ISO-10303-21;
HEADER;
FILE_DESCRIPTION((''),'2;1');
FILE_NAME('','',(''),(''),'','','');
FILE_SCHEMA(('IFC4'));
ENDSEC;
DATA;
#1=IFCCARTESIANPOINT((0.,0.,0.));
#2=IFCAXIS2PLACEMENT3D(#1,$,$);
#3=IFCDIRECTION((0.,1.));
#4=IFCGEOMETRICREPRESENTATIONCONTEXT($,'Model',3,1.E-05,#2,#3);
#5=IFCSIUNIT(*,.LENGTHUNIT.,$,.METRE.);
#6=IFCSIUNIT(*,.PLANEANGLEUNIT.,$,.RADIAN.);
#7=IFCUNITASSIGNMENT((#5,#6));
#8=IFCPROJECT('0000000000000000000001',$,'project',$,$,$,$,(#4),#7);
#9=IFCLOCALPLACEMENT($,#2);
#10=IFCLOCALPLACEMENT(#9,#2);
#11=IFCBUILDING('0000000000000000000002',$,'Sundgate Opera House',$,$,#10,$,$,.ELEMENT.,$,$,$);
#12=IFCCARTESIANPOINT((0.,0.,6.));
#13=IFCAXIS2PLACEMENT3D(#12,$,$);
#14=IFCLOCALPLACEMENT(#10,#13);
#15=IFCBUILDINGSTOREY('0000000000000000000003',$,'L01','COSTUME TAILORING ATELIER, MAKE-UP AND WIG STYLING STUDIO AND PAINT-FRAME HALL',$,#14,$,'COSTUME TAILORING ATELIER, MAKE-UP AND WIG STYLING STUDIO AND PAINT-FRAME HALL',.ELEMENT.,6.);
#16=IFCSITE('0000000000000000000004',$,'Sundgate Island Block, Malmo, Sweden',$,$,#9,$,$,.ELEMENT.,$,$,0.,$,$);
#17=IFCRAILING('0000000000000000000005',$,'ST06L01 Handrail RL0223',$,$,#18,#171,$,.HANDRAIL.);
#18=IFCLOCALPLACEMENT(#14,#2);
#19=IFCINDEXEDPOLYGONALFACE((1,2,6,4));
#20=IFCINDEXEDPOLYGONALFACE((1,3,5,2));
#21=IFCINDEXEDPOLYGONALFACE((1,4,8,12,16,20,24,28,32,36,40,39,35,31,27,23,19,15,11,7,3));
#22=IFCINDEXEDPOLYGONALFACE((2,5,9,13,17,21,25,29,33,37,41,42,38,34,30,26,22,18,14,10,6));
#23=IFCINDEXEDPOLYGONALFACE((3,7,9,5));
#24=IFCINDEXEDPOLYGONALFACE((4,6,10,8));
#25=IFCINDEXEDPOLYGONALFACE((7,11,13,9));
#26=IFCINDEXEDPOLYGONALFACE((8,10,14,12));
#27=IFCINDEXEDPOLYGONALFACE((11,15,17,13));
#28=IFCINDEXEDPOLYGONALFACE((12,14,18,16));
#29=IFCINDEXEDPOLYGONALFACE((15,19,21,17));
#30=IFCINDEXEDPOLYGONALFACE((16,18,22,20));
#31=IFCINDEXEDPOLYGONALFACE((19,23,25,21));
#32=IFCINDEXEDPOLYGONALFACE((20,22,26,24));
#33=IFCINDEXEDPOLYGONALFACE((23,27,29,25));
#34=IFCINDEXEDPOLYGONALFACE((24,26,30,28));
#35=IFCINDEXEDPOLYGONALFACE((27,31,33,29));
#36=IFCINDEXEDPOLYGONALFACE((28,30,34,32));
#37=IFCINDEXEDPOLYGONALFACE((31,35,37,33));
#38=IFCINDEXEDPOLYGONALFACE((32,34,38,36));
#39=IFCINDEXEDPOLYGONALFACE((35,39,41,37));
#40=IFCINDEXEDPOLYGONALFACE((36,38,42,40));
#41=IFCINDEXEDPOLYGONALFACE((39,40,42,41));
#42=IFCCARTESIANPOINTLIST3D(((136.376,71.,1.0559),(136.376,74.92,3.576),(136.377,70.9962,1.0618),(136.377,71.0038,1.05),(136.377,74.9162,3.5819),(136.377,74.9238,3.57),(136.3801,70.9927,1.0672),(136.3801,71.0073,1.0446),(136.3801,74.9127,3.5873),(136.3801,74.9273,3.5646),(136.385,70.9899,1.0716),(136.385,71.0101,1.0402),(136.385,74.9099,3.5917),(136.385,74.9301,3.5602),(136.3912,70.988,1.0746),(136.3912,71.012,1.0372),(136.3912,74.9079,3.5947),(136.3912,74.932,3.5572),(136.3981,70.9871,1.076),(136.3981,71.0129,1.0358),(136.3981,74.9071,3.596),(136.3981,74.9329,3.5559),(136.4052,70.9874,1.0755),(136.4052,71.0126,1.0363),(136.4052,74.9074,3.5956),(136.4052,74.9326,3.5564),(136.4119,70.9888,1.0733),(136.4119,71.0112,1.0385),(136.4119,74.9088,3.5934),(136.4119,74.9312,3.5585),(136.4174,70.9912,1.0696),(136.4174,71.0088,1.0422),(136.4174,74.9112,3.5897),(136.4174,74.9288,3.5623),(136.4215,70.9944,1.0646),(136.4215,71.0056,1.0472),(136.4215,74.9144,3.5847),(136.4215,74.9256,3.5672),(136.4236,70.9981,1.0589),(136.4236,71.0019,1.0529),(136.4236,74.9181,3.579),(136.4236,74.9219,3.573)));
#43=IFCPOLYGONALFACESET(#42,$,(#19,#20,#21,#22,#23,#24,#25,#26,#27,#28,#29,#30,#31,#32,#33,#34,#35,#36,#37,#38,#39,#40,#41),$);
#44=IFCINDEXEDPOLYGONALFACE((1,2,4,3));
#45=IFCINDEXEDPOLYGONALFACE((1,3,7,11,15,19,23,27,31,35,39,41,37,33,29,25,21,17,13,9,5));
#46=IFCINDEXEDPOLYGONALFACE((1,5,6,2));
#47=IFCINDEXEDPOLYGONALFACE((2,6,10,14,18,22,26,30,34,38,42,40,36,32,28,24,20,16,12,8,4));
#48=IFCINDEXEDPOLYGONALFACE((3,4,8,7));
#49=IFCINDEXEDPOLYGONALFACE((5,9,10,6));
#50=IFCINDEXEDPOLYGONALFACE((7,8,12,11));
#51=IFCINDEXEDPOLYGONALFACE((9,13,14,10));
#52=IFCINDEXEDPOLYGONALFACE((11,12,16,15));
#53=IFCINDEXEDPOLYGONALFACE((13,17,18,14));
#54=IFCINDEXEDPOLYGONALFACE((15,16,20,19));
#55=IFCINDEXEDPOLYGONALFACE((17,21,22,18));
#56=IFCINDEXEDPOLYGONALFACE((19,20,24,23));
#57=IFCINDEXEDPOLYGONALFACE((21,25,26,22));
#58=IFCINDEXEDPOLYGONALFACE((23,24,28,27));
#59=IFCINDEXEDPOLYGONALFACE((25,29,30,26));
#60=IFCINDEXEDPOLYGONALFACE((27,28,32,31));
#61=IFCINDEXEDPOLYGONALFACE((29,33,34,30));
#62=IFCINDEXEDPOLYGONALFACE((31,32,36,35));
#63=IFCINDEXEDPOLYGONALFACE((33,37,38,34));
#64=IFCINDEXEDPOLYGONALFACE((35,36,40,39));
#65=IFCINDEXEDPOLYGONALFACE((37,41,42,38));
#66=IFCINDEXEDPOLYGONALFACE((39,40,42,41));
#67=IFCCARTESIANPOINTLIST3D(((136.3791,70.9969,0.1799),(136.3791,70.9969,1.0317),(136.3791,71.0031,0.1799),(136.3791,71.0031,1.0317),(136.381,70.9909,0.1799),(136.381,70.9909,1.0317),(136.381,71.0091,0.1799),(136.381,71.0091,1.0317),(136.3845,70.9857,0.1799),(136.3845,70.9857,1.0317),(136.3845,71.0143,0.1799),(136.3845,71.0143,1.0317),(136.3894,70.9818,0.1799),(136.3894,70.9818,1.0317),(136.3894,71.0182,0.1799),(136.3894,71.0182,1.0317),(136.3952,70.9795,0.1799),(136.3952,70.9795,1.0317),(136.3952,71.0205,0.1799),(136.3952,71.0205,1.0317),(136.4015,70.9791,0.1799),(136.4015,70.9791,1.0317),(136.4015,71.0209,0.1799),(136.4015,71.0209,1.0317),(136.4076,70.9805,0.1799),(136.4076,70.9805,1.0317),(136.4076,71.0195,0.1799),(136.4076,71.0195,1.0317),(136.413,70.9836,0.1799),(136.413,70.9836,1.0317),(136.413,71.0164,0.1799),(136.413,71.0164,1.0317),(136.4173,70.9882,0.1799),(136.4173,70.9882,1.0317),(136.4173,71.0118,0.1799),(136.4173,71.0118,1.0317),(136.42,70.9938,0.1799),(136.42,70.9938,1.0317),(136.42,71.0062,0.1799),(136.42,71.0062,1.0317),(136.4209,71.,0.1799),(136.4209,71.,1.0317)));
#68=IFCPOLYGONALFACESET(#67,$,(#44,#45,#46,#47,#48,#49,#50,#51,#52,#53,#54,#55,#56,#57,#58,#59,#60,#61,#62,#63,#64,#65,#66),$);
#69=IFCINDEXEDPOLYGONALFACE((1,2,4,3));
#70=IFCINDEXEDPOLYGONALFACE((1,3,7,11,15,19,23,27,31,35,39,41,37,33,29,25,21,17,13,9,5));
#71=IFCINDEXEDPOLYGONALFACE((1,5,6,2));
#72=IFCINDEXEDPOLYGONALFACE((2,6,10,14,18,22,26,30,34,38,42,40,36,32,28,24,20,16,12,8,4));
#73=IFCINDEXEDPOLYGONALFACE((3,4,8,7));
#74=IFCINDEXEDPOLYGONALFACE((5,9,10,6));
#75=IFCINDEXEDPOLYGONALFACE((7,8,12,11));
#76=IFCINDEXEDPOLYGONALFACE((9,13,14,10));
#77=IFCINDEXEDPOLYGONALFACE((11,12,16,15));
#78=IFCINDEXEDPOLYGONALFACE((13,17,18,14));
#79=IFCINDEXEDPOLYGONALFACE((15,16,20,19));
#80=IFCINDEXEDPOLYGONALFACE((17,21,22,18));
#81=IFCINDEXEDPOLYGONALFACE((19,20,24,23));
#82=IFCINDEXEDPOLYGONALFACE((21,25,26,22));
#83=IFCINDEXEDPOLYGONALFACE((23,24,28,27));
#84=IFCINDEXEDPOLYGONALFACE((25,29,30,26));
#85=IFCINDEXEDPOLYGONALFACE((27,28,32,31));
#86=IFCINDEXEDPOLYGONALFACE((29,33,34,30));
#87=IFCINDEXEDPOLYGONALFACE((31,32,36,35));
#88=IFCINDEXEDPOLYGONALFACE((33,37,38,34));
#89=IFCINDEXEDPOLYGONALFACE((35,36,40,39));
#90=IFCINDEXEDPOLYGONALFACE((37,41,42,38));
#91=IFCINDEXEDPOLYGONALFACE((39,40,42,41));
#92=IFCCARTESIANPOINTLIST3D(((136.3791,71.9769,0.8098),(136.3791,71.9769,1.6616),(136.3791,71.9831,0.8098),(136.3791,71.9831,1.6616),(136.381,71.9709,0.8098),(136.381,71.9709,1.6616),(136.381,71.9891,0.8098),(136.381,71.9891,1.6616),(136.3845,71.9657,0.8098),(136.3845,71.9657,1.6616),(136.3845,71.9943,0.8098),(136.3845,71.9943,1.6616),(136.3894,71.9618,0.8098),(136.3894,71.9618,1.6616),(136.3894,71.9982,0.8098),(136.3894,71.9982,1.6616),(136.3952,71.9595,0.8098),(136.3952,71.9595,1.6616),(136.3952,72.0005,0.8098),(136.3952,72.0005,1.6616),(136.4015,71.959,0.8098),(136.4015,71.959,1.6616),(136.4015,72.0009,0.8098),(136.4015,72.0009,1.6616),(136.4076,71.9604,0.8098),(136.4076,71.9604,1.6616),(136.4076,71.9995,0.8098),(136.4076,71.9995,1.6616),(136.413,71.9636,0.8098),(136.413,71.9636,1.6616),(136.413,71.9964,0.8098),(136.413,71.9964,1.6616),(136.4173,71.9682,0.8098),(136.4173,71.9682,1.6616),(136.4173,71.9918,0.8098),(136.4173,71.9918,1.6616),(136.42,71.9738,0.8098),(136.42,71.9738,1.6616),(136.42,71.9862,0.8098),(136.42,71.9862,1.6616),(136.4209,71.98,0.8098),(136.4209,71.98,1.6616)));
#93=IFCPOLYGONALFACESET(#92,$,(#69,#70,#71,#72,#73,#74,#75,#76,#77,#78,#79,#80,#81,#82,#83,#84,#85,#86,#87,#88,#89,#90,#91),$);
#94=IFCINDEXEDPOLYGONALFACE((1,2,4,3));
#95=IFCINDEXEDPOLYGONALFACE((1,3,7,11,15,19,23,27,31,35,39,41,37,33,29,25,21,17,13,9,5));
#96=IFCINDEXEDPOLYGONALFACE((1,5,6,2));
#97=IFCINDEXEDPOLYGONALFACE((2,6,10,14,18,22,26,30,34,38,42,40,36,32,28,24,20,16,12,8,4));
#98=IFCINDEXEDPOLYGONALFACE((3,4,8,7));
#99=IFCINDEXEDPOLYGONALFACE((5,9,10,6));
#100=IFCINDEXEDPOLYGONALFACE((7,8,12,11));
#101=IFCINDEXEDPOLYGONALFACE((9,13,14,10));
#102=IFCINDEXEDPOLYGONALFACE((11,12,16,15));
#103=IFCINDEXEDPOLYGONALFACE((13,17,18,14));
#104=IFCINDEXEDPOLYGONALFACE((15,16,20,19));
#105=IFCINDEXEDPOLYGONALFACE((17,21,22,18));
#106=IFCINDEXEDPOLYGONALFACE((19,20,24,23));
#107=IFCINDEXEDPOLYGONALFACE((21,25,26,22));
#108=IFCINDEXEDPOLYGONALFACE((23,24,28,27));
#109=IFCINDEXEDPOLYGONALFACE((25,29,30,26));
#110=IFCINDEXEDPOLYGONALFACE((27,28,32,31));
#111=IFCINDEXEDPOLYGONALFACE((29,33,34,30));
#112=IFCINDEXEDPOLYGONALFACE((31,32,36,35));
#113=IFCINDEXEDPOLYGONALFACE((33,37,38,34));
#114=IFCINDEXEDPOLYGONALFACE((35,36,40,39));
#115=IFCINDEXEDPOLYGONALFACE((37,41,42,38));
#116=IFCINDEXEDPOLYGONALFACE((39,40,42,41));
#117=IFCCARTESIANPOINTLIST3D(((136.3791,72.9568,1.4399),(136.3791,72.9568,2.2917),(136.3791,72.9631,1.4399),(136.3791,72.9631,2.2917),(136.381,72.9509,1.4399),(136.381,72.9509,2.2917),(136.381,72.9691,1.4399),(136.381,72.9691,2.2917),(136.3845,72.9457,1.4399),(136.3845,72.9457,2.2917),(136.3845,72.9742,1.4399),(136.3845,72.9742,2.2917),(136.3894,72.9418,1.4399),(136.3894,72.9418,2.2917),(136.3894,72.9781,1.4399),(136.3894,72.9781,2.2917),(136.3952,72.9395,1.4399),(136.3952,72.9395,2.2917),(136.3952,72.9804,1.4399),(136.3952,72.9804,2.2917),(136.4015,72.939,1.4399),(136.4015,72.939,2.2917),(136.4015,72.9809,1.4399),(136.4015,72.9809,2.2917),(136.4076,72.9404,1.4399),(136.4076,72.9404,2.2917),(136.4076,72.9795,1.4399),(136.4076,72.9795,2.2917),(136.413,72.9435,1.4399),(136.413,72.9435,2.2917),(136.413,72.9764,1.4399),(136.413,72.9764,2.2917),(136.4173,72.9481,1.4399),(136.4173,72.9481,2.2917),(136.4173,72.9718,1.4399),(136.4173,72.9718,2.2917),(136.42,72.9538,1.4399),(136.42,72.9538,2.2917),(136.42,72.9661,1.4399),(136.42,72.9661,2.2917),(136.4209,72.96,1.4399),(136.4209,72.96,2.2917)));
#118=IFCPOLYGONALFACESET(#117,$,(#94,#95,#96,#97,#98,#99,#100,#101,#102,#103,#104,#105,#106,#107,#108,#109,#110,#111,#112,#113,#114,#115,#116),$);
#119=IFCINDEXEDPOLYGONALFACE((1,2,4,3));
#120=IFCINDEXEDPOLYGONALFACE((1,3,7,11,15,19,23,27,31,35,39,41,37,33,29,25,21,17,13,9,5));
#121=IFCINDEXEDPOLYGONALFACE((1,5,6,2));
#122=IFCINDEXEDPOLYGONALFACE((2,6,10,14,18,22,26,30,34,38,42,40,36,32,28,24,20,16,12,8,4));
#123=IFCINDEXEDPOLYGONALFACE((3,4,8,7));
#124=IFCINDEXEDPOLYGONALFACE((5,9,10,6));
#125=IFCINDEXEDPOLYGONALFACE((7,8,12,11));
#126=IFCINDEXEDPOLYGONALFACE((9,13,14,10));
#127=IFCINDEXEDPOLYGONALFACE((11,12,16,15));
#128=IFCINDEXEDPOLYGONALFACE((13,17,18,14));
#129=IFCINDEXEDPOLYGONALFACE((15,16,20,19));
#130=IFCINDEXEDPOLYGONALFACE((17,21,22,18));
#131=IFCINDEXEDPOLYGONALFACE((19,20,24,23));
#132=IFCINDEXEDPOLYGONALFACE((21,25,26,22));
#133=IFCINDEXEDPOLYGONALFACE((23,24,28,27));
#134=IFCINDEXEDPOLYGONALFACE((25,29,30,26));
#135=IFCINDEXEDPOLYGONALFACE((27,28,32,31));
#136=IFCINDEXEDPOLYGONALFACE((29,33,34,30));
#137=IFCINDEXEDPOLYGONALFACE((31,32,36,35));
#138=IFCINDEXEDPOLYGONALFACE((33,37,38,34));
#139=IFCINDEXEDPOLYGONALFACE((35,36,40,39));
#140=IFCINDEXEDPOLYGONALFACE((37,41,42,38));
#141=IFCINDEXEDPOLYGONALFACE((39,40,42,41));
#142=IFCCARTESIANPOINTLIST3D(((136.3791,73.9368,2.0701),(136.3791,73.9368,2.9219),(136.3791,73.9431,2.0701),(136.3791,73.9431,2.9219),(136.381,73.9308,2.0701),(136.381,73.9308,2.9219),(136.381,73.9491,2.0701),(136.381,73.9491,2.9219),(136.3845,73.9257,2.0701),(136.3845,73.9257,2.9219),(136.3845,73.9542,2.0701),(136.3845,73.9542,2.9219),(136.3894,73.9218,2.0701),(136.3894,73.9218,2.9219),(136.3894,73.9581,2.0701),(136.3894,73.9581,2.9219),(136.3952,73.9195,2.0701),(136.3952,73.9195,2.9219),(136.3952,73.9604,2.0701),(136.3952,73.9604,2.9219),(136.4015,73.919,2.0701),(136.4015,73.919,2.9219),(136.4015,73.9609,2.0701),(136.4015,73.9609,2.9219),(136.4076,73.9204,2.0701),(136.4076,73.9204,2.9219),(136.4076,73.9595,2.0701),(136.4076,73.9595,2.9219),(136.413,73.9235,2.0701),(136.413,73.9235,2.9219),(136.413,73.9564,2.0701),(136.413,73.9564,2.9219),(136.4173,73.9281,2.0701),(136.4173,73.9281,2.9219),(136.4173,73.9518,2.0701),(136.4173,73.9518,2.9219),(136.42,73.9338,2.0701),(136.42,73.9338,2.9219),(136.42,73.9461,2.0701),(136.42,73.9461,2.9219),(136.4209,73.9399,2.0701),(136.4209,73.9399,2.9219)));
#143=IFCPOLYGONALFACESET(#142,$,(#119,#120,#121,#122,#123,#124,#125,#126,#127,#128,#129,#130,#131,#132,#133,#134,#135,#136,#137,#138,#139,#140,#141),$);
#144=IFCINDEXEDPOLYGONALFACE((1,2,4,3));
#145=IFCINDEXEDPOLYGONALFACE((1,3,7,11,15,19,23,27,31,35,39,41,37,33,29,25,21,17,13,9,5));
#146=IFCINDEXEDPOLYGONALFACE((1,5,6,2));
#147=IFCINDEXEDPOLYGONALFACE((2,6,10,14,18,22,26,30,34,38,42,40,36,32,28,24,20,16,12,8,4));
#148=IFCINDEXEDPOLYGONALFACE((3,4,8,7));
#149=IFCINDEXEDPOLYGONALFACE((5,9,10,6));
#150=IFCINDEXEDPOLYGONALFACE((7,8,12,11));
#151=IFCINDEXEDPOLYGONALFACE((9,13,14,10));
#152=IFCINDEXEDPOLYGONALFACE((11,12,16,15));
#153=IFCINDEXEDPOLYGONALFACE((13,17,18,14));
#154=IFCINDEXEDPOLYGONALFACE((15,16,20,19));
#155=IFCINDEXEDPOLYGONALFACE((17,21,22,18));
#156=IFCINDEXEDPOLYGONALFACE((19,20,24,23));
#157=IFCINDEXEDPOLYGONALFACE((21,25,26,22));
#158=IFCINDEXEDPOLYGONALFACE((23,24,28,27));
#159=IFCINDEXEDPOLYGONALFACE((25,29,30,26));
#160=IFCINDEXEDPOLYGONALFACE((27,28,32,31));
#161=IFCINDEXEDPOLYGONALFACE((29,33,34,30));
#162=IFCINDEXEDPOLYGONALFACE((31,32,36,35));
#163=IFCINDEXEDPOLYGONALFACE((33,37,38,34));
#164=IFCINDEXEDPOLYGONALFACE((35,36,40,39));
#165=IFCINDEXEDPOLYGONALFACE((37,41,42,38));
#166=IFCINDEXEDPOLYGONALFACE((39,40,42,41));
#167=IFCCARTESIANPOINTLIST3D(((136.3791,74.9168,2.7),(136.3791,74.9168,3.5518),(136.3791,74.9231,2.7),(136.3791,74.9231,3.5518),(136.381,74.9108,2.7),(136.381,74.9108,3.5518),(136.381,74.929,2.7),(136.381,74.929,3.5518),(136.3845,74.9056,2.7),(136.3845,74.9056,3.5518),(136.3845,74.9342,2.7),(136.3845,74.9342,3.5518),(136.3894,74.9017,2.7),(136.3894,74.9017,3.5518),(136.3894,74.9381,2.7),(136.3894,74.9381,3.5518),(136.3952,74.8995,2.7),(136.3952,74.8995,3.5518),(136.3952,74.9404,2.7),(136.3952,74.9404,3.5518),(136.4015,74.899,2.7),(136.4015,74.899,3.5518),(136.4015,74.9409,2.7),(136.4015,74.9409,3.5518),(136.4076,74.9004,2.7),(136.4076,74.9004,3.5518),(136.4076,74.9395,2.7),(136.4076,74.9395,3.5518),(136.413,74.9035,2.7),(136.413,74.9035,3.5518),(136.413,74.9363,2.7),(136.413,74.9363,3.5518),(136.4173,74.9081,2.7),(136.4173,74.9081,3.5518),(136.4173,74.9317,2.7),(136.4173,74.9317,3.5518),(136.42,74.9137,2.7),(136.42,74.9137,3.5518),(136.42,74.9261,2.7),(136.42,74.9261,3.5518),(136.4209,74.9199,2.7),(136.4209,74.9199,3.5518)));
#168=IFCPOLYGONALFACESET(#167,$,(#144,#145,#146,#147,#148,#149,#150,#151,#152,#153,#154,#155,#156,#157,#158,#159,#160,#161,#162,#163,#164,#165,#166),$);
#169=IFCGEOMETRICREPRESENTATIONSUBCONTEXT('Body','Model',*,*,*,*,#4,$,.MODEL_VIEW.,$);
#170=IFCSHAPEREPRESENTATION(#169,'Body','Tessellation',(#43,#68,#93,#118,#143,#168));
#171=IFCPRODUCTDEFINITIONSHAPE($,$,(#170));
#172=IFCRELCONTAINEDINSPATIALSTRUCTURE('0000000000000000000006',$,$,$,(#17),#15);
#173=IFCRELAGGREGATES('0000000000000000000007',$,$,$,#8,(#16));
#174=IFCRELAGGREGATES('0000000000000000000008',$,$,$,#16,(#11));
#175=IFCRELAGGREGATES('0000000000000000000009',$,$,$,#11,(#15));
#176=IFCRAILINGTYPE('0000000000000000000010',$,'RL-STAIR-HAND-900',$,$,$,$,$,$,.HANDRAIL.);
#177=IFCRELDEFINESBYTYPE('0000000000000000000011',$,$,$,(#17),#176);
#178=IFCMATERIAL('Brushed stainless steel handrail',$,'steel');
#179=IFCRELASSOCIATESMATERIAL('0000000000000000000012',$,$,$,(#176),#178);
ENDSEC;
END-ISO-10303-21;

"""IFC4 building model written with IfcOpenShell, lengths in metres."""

from ifc_helpers import new_model, si_unit, direction, frame, origin, origin_2d, place, context, subcontext, project, spatial, circle, extrude, material, type_object, element, save


model = new_model("IFC4")

# Units and contexts
model_context = context("Model", 3, precision=1e-05, world=origin(), true_north=direction((0.0, 1.0)))
body_context = subcontext(model_context, "Body", "Model", "MODEL_VIEW")
ifc_project = project(units=[si_unit("LENGTHUNIT", "METRE"), si_unit("PLANEANGLEUNIT", "RADIAN")], contexts=[model_context])

# Site, building, storey
site_placement = place(None, origin())
site = spatial("IfcSite", under=ifc_project, at=site_placement, Name="Sundgate Island Block, Malmo, Sweden", CompositionType="ELEMENT", RefElevation=0.0)
building_placement = place(site_placement, origin())
building = spatial("IfcBuilding", under=site, at=building_placement, Name="Sundgate Opera House", CompositionType="ELEMENT")
storey_placement = place(building_placement, frame((0.0, 0.0, 6.0)))
storey = spatial("IfcBuildingStorey", under=building, at=storey_placement, Name="L01", Description="COSTUME TAILORING ATELIER, MAKE-UP AND WIG STYLING STUDIO AND PAINT-FRAME HALL", LongName="COSTUME TAILORING ATELIER, MAKE-UP AND WIG STYLING STUDIO AND PAINT-FRAME HALL", CompositionType="ELEMENT", Elevation=6.0)

# Railing
ifc_material_1 = material(Name="Brushed stainless steel handrail", Category="steel")
railing_type = type_object("IfcRailingType", Name="RL-STAIR-HAND-900", PredefinedType="HANDRAIL", material=ifc_material_1)
railing_placement = place(storey_placement, frame((136.3999, 71.0, 0.1799)))
element("IfcRailing", 1, at=railing_placement, inside=storey, type_object=railing_type, Name="ST06L01 Handrail RL0223", PredefinedType="HANDRAIL", context=body_context, shape_type="SweptSolid", body=[
    extrude(circle(Radius=0.0239, at=origin_2d()), frame((0.0, 0.0, 0.876), z_axis=(0.0, 0.841172, 0.540768), x_axis=(-1.0, 0.0, 0.0)), (0.0, 0.0, 1.0), 4.6602),
    extrude(circle(Radius=0.021, at=origin_2d()), origin(), (0.0, 0.0, 1.0), 0.8518),
    extrude(circle(Radius=0.021, at=origin_2d()), frame((0.0, 0.98, 0.6299)), (0.0, 0.0, 1.0), 0.8518),
    extrude(circle(Radius=0.021, at=origin_2d()), frame((0.0, 1.96, 1.26)), (0.0, 0.0, 1.0), 0.8518),
    extrude(circle(Radius=0.021, at=origin_2d()), frame((0.0, 2.9399, 1.8901)), (0.0, 0.0, 1.0), 0.8518),
    extrude(circle(Radius=0.021, at=origin_2d()), frame((0.0, 3.9199, 2.52)), (0.0, 0.0, 1.0), 0.8518),
])

save(model, "model.ifc")
